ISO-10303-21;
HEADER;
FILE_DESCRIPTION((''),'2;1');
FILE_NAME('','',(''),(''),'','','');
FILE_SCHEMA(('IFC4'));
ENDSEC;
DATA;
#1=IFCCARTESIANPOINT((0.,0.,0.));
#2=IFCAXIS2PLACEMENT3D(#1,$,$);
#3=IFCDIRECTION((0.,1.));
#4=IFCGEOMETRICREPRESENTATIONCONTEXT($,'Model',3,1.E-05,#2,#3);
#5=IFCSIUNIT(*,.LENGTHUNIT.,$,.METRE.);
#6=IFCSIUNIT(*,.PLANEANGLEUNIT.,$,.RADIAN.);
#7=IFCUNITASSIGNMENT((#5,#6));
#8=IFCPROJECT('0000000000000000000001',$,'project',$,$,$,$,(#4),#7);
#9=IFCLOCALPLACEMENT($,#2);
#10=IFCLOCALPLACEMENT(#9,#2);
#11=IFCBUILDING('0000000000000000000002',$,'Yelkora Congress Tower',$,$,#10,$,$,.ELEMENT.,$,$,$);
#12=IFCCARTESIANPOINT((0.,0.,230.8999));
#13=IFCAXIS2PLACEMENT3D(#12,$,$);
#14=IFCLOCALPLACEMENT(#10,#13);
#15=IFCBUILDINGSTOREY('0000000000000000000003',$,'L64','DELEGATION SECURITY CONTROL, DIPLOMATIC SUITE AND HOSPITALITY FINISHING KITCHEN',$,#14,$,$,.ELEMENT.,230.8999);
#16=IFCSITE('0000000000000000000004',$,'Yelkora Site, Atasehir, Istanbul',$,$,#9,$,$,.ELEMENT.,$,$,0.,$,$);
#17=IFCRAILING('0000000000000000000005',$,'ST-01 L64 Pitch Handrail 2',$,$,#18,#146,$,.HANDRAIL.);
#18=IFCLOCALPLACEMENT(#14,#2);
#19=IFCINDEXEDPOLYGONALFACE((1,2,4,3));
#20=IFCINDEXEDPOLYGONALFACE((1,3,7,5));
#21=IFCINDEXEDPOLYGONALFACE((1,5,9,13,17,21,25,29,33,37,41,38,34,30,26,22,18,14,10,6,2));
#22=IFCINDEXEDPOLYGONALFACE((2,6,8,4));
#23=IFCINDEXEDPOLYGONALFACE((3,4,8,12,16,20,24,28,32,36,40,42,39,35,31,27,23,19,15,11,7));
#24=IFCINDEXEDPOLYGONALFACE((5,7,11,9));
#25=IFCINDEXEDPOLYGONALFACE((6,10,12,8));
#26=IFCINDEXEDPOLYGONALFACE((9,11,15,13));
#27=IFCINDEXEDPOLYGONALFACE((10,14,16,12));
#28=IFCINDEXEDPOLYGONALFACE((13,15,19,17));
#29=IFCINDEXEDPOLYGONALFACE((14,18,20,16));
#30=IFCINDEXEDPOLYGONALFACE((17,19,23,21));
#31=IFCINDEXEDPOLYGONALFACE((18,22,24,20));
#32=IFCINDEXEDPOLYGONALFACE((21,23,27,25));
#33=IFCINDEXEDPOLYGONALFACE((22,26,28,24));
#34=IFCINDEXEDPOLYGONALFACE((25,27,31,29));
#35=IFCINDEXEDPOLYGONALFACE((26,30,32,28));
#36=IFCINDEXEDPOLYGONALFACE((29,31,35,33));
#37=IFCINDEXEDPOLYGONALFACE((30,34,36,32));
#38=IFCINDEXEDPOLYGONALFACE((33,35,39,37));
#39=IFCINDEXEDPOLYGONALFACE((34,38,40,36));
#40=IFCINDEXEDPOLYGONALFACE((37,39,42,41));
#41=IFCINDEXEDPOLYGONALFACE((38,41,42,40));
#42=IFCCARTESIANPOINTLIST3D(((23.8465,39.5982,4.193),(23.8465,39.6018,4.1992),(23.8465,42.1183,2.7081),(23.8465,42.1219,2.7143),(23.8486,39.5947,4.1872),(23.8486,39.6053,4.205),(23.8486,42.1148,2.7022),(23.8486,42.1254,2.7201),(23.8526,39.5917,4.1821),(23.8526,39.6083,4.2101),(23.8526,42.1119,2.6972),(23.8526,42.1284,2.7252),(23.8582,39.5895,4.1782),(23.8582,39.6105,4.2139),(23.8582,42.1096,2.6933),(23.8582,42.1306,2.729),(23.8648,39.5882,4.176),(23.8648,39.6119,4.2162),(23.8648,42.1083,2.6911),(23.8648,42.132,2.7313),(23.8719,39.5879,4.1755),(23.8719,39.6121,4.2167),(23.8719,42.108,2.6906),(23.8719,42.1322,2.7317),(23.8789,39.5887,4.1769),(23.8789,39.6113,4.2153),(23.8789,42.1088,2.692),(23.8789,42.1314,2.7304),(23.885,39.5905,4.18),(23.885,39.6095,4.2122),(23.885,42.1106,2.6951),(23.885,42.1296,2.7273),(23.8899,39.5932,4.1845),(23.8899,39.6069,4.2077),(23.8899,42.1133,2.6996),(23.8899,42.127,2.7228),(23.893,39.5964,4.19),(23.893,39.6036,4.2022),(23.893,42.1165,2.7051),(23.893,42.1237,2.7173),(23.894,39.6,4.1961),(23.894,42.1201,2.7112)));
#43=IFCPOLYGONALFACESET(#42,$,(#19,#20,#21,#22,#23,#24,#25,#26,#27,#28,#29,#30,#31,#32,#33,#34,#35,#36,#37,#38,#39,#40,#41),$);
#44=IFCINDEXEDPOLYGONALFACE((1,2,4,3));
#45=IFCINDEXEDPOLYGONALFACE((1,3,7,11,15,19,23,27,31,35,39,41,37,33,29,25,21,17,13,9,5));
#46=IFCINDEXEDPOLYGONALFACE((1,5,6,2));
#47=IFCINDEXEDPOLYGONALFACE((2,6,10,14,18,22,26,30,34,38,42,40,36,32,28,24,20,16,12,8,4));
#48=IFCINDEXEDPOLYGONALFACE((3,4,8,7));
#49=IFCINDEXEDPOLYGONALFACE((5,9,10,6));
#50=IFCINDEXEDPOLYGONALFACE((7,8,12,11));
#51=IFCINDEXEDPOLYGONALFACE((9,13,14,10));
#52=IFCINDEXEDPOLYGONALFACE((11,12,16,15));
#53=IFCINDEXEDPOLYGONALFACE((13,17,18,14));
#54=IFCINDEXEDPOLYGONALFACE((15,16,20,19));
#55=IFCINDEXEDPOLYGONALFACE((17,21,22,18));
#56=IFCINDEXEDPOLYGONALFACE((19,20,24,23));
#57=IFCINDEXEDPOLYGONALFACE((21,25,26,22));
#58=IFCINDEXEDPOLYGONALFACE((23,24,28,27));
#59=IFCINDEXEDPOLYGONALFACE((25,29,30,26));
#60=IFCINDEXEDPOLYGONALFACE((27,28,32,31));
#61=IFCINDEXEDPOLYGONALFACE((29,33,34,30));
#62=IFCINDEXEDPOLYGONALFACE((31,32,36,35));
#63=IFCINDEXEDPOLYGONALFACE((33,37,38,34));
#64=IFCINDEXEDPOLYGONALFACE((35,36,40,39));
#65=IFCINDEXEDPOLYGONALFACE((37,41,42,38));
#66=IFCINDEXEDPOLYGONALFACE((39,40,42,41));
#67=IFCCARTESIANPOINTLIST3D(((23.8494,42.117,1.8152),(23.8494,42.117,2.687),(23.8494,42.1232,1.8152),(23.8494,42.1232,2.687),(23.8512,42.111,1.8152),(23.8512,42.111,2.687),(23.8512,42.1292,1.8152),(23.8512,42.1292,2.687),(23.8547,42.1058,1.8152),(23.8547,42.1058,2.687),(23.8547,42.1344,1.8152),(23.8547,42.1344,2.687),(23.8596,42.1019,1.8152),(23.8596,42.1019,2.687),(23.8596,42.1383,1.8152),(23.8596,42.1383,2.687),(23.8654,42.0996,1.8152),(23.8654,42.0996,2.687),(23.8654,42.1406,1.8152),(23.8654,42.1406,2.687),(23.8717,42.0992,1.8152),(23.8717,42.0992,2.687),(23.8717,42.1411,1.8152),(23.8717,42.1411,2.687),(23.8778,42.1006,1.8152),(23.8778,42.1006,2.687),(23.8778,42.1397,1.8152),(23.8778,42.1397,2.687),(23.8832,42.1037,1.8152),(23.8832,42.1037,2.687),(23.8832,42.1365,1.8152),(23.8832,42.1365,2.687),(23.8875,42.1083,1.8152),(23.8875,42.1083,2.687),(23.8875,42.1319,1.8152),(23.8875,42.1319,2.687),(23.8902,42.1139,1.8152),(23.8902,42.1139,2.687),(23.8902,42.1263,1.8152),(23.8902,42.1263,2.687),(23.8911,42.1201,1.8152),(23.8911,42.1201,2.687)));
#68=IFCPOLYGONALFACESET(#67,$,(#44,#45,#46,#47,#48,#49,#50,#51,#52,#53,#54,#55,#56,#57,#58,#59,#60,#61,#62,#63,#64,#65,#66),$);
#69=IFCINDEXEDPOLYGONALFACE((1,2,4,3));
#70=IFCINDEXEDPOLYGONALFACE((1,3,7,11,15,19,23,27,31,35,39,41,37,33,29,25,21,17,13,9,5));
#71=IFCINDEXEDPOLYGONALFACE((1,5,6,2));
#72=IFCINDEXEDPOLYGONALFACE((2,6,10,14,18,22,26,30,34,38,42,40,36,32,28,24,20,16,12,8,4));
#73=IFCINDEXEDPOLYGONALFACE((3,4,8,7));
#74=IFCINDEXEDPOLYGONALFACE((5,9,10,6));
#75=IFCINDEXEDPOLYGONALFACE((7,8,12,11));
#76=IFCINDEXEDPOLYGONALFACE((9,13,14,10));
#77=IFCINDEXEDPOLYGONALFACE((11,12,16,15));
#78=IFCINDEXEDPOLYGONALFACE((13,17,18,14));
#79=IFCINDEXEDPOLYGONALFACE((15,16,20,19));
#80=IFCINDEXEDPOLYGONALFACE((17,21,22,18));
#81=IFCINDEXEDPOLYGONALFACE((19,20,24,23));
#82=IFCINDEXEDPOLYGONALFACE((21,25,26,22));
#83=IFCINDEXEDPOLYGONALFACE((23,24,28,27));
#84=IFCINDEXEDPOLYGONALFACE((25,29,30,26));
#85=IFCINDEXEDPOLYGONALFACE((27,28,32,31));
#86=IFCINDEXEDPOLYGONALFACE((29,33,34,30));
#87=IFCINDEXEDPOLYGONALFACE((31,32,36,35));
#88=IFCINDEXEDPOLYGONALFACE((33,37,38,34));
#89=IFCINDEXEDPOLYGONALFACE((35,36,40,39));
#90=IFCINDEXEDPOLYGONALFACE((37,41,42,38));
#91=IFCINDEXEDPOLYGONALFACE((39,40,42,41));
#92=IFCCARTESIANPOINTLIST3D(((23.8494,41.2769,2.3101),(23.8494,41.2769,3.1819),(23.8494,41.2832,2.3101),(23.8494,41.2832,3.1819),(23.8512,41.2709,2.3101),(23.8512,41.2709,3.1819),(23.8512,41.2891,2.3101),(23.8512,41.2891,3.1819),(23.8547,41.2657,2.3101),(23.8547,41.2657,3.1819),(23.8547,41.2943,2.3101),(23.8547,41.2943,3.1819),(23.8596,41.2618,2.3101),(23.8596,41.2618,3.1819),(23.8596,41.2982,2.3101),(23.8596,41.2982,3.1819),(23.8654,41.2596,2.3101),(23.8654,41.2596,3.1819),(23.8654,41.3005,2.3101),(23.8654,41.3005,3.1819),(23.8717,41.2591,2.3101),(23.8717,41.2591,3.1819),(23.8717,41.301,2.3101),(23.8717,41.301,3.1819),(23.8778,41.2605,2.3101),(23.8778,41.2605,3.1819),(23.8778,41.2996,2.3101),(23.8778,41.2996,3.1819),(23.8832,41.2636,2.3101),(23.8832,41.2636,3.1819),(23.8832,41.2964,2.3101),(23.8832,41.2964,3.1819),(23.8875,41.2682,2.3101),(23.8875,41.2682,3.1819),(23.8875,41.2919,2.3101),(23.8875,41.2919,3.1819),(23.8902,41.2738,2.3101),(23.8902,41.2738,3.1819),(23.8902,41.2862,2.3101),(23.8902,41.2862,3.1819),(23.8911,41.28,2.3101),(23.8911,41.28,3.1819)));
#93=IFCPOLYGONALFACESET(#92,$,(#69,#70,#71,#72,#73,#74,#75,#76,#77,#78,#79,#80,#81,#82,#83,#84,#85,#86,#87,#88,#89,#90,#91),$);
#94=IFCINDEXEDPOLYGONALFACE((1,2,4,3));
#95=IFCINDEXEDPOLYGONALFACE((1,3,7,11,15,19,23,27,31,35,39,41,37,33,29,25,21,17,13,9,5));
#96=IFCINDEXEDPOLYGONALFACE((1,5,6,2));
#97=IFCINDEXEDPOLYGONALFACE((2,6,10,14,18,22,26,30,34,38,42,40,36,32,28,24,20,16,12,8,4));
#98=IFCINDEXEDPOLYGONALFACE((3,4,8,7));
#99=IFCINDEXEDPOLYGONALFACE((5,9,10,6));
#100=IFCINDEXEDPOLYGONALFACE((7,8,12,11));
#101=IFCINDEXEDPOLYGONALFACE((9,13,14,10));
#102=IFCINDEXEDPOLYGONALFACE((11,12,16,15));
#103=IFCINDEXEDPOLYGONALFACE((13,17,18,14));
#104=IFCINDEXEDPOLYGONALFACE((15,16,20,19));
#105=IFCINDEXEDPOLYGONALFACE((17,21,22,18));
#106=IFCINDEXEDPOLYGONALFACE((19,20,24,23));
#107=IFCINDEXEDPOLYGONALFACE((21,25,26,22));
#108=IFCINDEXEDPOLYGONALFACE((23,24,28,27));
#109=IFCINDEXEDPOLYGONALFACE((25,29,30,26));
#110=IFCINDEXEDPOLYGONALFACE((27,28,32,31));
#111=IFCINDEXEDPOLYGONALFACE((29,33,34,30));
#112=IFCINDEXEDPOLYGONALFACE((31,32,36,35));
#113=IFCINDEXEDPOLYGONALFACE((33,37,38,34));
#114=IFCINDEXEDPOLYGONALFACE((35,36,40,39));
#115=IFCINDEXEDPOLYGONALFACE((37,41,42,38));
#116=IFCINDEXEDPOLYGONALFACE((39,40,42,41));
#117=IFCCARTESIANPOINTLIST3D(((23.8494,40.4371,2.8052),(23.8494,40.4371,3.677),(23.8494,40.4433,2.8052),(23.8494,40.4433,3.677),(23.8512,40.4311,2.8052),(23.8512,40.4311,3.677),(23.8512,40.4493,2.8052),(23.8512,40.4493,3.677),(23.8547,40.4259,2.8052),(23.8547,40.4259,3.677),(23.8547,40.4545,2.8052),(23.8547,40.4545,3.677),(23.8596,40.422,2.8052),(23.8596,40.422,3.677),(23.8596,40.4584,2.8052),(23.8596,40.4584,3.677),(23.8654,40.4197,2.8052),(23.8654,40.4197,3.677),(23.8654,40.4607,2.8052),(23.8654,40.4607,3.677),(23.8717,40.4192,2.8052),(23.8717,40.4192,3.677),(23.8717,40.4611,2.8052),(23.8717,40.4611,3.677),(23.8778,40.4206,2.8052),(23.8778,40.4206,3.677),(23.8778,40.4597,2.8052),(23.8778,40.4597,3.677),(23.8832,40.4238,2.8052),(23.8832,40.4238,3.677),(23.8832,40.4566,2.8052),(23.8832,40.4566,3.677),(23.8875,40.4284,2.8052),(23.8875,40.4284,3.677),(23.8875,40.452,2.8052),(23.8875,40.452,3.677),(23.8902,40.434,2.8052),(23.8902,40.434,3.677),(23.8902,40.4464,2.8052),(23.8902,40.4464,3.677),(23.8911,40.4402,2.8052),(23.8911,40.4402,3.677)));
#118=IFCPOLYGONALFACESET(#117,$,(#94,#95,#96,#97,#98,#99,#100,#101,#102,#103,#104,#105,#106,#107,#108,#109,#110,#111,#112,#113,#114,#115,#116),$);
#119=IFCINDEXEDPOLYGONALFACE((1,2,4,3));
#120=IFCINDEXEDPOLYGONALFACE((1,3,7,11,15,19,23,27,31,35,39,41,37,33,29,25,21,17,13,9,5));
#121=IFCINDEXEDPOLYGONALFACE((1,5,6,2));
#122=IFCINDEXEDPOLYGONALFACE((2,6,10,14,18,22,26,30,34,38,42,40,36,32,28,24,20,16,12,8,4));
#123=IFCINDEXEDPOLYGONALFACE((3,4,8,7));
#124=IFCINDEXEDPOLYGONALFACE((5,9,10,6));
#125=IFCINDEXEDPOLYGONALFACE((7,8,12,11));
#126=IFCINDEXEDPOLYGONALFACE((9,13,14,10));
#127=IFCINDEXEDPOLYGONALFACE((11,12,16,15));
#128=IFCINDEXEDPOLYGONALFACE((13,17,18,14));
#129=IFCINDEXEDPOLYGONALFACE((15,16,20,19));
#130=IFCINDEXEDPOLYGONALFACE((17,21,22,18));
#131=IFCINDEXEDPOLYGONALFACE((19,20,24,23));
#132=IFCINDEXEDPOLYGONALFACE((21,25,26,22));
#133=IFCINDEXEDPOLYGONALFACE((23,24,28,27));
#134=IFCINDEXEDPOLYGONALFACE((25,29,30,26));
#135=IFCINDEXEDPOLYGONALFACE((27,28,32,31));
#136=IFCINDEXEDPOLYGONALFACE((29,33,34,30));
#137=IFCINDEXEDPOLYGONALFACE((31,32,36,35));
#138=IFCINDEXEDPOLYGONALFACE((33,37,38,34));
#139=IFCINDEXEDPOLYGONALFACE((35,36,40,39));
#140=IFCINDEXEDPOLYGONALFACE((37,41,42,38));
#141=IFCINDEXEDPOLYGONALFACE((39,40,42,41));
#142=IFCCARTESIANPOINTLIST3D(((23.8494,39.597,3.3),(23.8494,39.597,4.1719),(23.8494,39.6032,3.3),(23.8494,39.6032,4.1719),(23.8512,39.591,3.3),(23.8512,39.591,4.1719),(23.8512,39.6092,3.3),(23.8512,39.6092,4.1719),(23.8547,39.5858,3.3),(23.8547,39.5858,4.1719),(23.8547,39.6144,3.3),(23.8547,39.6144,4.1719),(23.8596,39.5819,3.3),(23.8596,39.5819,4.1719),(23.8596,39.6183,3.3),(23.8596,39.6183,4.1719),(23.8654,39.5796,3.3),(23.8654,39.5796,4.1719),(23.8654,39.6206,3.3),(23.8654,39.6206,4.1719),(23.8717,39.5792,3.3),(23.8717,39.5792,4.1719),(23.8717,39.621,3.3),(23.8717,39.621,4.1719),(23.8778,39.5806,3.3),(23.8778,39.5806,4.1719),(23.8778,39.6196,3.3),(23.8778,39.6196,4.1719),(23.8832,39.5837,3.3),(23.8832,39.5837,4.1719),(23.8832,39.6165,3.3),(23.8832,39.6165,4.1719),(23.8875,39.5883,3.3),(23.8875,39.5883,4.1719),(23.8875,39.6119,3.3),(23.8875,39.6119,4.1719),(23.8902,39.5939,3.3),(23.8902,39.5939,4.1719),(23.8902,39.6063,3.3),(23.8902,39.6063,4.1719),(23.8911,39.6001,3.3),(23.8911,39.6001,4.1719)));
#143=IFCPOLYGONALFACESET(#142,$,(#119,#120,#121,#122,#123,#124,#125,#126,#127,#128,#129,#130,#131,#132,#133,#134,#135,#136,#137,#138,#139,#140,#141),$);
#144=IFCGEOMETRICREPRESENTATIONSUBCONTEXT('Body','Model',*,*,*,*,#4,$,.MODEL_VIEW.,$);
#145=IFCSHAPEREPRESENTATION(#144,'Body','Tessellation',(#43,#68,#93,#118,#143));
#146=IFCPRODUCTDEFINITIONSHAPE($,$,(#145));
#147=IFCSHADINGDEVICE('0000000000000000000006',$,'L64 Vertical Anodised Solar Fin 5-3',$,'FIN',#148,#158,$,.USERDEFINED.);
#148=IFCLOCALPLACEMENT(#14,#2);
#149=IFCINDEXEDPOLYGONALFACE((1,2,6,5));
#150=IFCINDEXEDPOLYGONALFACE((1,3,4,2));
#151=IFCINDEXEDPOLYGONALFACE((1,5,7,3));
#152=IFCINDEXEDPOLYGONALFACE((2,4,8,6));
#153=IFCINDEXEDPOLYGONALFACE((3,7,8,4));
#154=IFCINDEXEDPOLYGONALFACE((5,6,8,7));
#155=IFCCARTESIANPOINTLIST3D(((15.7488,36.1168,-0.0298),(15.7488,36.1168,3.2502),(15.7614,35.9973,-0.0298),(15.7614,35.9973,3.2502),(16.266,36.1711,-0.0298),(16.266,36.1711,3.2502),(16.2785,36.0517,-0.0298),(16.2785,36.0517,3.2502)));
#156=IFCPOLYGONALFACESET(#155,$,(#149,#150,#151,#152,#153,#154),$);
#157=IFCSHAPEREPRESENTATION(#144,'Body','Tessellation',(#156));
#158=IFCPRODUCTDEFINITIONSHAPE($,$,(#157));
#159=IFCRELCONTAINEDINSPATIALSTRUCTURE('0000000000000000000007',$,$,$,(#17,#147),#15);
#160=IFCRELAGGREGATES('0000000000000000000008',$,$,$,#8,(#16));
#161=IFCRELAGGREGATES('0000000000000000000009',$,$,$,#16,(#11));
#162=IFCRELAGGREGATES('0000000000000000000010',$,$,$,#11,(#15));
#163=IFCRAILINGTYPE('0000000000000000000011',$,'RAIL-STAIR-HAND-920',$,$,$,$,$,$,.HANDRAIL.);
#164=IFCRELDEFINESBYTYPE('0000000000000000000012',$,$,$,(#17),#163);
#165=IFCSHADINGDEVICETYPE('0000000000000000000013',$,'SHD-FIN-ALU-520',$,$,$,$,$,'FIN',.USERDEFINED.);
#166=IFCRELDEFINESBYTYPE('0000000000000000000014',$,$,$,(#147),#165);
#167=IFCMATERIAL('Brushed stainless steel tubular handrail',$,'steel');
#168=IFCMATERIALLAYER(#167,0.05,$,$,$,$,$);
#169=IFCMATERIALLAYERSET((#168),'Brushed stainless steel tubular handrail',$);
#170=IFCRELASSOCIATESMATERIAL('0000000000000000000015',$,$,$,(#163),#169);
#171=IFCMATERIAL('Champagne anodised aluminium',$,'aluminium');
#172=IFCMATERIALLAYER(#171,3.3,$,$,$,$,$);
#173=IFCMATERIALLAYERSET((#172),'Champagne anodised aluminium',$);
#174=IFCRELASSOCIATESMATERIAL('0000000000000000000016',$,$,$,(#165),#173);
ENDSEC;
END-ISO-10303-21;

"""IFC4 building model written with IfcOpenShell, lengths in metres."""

from ifc_helpers import new_model, si_unit, direction, frame, origin, origin_2d, place, context, subcontext, project, spatial, rectangle, circle, extrude, material, layer, layer_set, type_object, element, save


model = new_model("IFC4")

# Units and contexts
model_context = context("Model", 3, precision=1e-05, world=origin(), true_north=direction((0.0, 1.0)))
body_context = subcontext(model_context, "Body", "Model", "MODEL_VIEW")
ifc_project = project(units=[si_unit("LENGTHUNIT", "METRE"), si_unit("PLANEANGLEUNIT", "RADIAN")], contexts=[model_context])

# Site, building, storey
site_placement = place(None, origin())
site = spatial("IfcSite", under=ifc_project, at=site_placement, Name="Yelkora Site, Atasehir, Istanbul", CompositionType="ELEMENT", RefElevation=0.0)
building_placement = place(site_placement, origin())
building = spatial("IfcBuilding", under=site, at=building_placement, Name="Yelkora Congress Tower", CompositionType="ELEMENT")
storey_placement = place(building_placement, frame((0.0, 0.0, 230.8999)))
storey = spatial("IfcBuildingStorey", under=building, at=storey_placement, Name="L64", Description="DELEGATION SECURITY CONTROL, DIPLOMATIC SUITE AND HOSPITALITY FINISHING KITCHEN", CompositionType="ELEMENT", Elevation=230.8999)

# Railing
ifc_material_1 = material(Name="Brushed stainless steel tubular handrail", Category="steel")
ifc_layer_1 = layer(ifc_material_1, 0.05)
ifc_layer_set_1 = layer_set([ifc_layer_1], Name="Brushed stainless steel tubular handrail")
railing_type_1 = type_object("IfcRailingType", Name="RAIL-STAIR-HAND-920", PredefinedType="HANDRAIL", material=ifc_layer_set_1)
railing_1_placement = place(storey_placement, frame((23.8701, 42.1201, 1.8152)))
element("IfcRailing", 1, at=railing_1_placement, inside=storey, type_object=railing_type_1, Name="ST-01 L64 Pitch Handrail 2", PredefinedType="HANDRAIL", context=body_context, shape_type="SweptSolid", body=[
    extrude(circle(Radius=0.0239, at=origin_2d()), frame((0.0, 0.0, 0.896), z_axis=(0.0, -0.861561, 0.507655), x_axis=(1.0, 0.0, 0.0)), (0.0, 0.0, 1.0), 2.925),
    extrude(circle(Radius=0.021, at=origin_2d()), origin(), (0.0, 0.0, 1.0), 0.8718),
    extrude(circle(Radius=0.021, at=origin_2d()), frame((0.0, -0.8401, 0.4949)), (0.0, 0.0, 1.0), 0.8718),
    extrude(circle(Radius=0.021, at=origin_2d()), frame((0.0, -1.6799, 0.99)), (0.0, 0.0, 1.0), 0.8718),
    extrude(circle(Radius=0.021, at=origin_2d()), frame((0.0, -2.52, 1.4849)), (0.0, 0.0, 1.0), 0.8718),
])

# Shading device
ifc_material_2 = material(Name="Champagne anodised aluminium", Category="aluminium")
ifc_layer_2 = layer(ifc_material_2, 3.3)
ifc_layer_set_2 = layer_set([ifc_layer_2], Name="Champagne anodised aluminium")
shading_device_type = type_object("IfcShadingDeviceType", Name="SHD-FIN-ALU-520", ElementType="FIN", PredefinedType="USERDEFINED", material=ifc_layer_set_2)
shading_device_placement = place(storey_placement, frame((16.0137, 36.0842, -0.0298), z_axis=(0.0, 0.0, 1.0), x_axis=(-0.104528, 0.994522, 0.0)))
element("IfcShadingDevice", 2, at=shading_device_placement, inside=storey, type_object=shading_device_type, Name="L64 Vertical Anodised Solar Fin 5-3", ObjectType="FIN", PredefinedType="USERDEFINED", context=body_context, shape_type="SweptSolid", body=[
    extrude(rectangle(XDim=0.1201, YDim=0.52, at=origin_2d()), origin(), (0.0, 0.0, 1.0), 3.28),
])

save(model, "model.ifc")
